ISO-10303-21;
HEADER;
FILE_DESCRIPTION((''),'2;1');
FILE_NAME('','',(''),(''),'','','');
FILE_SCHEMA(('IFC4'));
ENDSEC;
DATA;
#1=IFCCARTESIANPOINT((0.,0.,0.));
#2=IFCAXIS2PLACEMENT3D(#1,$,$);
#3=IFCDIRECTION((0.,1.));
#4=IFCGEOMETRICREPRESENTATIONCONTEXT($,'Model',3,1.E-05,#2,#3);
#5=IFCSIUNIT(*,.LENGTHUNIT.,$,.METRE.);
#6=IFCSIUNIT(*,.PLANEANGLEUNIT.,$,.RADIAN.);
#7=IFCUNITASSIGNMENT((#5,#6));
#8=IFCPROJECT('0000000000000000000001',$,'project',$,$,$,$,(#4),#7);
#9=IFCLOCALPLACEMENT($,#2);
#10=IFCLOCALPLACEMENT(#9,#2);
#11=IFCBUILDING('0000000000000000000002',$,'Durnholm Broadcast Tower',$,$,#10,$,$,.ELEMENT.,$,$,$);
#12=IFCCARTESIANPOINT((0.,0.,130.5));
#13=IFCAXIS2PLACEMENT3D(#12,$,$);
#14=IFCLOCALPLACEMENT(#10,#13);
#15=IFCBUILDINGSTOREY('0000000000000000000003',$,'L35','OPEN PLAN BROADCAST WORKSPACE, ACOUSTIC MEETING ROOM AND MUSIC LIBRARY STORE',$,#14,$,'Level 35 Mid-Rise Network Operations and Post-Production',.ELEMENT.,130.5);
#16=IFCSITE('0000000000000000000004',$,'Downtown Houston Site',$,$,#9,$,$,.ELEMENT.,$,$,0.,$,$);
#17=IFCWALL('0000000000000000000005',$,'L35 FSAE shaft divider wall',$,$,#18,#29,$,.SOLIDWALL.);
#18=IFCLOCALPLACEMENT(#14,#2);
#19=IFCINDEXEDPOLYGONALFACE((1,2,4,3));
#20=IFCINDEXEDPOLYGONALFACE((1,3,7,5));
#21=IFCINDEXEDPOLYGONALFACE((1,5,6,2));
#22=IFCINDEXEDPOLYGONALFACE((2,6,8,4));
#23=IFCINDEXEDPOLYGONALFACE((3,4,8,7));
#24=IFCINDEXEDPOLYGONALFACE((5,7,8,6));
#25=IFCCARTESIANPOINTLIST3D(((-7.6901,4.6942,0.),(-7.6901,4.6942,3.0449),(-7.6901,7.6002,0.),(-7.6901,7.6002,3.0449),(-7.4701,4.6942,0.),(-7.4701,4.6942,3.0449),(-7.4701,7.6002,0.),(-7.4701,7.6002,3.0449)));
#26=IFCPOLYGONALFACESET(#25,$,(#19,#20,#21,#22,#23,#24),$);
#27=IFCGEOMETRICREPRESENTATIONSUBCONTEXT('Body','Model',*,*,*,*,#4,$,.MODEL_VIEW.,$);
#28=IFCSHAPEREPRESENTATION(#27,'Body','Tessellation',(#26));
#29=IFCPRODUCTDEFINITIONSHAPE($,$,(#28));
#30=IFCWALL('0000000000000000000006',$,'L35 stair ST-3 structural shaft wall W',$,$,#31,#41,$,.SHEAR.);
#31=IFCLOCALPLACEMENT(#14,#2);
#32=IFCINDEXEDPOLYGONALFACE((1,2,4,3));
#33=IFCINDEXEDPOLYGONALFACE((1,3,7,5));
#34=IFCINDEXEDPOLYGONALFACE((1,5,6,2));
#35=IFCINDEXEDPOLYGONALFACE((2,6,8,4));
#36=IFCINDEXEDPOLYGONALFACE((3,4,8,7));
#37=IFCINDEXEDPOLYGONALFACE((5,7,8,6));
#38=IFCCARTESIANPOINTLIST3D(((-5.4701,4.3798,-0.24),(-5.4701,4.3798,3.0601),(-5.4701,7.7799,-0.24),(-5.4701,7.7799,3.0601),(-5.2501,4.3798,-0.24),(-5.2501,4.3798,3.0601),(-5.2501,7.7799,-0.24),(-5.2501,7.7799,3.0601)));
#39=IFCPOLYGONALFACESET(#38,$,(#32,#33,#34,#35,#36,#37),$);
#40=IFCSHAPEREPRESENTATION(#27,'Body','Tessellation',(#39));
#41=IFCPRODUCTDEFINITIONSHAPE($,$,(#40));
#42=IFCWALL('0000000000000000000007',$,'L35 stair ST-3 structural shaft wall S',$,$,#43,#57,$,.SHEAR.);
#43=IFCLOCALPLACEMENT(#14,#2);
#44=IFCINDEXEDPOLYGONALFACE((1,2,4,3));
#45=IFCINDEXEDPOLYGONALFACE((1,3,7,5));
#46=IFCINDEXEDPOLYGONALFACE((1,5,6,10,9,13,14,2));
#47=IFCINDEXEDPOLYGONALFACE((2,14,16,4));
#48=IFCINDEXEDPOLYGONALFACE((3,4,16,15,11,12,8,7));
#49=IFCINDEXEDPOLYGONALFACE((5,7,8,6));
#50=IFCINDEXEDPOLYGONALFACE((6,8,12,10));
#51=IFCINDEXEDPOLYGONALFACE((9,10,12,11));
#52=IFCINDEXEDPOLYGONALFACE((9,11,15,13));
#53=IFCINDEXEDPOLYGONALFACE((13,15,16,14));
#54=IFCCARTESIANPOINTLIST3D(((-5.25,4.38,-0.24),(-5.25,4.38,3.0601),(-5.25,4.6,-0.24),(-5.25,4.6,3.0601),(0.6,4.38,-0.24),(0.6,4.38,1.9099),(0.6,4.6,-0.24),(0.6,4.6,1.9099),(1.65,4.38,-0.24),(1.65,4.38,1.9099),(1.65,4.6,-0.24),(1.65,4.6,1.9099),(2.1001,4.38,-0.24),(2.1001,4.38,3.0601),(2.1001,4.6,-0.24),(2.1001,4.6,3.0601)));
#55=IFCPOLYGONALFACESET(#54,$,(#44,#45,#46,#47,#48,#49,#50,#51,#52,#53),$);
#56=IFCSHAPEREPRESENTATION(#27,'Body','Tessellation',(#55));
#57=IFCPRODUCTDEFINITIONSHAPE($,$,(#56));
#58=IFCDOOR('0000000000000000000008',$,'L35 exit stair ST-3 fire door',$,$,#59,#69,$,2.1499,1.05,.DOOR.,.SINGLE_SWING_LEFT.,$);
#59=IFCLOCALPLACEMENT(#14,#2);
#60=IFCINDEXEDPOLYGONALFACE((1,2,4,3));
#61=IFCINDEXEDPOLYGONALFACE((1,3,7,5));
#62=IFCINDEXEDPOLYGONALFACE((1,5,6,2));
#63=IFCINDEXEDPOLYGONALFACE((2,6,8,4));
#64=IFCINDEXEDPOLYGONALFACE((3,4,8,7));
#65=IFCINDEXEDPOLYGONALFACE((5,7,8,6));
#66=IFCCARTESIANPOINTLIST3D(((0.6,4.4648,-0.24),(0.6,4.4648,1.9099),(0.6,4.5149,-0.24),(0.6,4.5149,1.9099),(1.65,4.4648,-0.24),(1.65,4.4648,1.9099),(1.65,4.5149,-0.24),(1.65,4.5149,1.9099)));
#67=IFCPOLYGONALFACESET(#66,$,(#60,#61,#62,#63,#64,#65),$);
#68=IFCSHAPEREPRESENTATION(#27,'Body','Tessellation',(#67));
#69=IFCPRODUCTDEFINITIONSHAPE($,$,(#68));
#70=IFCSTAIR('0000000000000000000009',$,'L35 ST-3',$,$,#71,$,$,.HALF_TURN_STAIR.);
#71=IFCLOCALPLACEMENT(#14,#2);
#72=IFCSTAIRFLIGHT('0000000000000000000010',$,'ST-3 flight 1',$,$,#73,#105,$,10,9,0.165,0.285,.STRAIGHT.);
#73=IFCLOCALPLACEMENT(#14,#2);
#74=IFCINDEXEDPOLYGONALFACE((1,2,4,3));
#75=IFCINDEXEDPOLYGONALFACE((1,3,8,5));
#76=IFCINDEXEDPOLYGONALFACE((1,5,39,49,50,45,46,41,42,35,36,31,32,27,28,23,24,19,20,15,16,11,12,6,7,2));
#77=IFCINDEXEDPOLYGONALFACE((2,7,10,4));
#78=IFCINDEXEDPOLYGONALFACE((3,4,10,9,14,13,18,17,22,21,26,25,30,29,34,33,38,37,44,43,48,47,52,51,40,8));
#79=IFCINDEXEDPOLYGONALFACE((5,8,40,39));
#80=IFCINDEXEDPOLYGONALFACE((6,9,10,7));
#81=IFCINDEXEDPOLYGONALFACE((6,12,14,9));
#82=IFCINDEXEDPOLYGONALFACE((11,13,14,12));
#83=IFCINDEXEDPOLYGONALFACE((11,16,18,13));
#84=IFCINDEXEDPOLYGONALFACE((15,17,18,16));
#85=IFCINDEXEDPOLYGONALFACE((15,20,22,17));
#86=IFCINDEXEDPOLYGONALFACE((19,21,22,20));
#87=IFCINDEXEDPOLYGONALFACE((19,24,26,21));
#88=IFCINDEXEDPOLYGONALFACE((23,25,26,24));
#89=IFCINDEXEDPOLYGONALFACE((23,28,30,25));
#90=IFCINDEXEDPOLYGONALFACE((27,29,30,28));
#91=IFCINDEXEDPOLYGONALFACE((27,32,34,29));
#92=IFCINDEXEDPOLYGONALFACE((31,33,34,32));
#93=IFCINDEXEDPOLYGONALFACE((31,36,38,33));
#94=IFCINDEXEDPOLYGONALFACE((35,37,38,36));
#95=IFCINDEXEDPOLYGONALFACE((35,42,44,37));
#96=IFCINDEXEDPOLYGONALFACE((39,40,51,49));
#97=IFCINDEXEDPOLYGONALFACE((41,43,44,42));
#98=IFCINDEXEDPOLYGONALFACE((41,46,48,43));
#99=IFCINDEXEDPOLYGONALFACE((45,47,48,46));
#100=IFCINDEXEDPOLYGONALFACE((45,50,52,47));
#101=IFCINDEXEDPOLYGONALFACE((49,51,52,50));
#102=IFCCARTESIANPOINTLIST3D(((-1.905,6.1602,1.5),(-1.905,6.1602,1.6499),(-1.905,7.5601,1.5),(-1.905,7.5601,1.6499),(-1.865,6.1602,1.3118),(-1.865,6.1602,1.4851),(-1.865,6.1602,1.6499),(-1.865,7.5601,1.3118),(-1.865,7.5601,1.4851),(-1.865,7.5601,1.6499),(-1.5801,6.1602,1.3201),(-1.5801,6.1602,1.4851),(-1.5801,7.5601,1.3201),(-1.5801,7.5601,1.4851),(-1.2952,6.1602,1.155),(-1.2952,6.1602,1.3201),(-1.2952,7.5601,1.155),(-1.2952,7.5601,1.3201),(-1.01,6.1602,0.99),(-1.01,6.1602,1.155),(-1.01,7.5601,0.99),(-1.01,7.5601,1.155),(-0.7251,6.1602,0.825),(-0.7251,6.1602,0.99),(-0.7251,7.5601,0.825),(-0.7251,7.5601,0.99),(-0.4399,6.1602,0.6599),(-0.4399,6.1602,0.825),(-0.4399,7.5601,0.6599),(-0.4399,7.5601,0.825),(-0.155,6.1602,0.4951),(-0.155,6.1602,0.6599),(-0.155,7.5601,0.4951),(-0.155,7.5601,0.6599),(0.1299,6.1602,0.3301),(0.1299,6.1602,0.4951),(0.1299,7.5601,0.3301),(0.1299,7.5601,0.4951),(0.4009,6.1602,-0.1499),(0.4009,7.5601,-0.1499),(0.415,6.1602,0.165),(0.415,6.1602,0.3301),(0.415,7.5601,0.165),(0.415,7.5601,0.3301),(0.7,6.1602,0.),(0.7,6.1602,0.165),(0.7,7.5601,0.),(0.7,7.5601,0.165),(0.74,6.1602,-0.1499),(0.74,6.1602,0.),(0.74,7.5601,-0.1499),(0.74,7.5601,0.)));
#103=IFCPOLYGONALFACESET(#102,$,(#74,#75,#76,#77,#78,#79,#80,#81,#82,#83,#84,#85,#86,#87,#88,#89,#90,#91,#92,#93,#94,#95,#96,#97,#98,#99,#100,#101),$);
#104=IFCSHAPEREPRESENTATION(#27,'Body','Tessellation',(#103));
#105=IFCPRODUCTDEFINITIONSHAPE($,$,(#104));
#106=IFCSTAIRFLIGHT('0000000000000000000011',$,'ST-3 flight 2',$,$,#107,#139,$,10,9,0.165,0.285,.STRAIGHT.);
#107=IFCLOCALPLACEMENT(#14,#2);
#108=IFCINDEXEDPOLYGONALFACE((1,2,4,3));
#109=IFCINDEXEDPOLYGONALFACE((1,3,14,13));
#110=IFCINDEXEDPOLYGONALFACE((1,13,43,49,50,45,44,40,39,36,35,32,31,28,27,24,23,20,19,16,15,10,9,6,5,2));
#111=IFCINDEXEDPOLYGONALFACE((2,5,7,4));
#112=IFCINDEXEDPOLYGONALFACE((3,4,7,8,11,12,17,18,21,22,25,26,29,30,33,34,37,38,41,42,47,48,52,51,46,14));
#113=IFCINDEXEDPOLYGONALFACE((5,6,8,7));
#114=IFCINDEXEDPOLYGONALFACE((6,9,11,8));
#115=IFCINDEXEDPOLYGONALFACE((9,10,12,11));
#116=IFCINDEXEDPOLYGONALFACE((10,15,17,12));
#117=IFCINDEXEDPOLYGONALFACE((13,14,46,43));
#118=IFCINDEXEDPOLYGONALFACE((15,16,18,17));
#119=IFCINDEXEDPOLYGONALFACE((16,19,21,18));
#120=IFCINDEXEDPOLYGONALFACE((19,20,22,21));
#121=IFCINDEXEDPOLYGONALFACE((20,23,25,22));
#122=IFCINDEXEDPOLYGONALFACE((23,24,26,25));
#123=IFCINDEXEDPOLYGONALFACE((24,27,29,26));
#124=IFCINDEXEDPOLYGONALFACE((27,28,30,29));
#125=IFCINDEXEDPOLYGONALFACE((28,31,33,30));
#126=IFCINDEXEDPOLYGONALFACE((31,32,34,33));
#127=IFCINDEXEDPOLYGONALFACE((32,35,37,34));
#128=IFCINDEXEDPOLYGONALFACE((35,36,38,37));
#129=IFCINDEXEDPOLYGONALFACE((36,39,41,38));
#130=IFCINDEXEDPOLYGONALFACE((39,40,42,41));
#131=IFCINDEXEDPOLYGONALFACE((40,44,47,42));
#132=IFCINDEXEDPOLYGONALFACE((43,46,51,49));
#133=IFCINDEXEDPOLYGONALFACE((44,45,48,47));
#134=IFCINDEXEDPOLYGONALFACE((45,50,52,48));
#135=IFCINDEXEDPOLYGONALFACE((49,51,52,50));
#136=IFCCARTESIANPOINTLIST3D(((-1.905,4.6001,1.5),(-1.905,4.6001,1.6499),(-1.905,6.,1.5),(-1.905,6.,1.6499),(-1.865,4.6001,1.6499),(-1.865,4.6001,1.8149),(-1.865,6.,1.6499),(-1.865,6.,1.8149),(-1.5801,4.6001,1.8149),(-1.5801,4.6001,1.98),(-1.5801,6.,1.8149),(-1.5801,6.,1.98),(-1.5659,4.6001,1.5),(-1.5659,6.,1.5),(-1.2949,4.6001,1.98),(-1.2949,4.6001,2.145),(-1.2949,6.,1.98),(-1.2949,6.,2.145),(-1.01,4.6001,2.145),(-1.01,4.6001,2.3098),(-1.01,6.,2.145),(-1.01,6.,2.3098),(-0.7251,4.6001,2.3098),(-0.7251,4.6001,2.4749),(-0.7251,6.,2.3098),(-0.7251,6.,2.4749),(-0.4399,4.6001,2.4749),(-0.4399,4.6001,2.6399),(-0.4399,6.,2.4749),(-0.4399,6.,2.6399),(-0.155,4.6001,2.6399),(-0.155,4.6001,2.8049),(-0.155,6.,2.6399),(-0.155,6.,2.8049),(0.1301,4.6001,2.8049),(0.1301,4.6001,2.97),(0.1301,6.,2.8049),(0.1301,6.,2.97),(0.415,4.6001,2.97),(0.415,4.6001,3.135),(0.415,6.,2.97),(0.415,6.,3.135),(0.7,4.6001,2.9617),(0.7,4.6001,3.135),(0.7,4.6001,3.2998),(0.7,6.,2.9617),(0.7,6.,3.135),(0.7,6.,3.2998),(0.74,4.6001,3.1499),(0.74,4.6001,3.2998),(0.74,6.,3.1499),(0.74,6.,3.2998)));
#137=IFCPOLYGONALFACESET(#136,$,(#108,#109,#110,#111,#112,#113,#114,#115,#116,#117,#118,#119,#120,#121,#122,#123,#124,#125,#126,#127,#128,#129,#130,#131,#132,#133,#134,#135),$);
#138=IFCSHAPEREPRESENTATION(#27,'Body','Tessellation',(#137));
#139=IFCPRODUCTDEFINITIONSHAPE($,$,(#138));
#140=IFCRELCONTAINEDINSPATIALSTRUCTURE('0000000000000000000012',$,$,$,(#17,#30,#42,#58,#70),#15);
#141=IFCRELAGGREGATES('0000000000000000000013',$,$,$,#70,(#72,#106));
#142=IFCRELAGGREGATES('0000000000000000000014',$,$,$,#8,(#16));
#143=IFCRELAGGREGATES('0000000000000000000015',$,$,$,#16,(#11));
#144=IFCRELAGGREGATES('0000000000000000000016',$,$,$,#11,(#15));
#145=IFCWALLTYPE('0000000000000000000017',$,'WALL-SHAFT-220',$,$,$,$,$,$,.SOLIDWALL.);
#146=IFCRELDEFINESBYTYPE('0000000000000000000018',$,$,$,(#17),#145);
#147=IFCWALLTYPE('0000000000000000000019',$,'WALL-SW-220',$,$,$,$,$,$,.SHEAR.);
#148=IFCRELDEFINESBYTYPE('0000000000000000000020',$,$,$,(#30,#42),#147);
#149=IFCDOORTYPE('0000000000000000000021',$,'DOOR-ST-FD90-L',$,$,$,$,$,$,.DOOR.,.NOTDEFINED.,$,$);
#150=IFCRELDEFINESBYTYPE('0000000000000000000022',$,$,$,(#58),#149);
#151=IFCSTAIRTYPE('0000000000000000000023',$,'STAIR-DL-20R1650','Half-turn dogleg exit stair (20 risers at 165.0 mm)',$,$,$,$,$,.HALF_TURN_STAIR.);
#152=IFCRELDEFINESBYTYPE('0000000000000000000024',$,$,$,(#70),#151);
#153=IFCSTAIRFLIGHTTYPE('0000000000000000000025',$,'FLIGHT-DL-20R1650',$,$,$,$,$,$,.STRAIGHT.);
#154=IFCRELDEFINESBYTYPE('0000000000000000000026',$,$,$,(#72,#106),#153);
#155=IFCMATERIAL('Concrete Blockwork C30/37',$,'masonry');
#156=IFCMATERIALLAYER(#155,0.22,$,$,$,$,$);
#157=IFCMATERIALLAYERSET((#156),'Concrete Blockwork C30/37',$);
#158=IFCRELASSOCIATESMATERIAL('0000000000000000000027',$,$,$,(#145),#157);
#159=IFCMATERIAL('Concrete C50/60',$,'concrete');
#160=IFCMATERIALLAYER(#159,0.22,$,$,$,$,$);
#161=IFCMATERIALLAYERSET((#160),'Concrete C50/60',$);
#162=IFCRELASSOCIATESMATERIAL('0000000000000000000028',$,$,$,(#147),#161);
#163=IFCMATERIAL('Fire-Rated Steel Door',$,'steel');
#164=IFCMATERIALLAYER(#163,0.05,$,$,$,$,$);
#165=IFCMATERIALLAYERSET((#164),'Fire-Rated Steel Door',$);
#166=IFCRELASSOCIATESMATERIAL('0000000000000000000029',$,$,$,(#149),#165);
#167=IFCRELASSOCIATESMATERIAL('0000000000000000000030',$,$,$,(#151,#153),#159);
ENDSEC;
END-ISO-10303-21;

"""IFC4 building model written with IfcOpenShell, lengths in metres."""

from ifc_helpers import new_model, si_unit, direction, frame, frame_2d, origin, place, context, subcontext, project, spatial, polyline, rectangle, outline, extrude, source, transform, mapped, material, layer, layer_set, type_object, type_shapes, element, fill, aggregate, save


model = new_model("IFC4")

# Units and contexts
model_context = context("Model", 3, precision=1e-05, world=origin(), true_north=direction((0.0, 1.0)))
body_context = subcontext(model_context, "Body", "Model", "MODEL_VIEW")
ifc_project = project(units=[si_unit("LENGTHUNIT", "METRE"), si_unit("PLANEANGLEUNIT", "RADIAN")], contexts=[model_context])

# Site, building, storey
site_placement = place(None, origin())
site = spatial("IfcSite", under=ifc_project, at=site_placement, Name="Downtown Houston Site", CompositionType="ELEMENT", RefElevation=0.0)
building_placement = place(site_placement, origin())
building = spatial("IfcBuilding", under=site, at=building_placement, Name="Durnholm Broadcast Tower", CompositionType="ELEMENT")
storey_placement = place(building_placement, frame((0.0, 0.0, 130.5)))
storey = spatial("IfcBuildingStorey", under=building, at=storey_placement, Name="L35", Description="OPEN PLAN BROADCAST WORKSPACE, ACOUSTIC MEETING ROOM AND MUSIC LIBRARY STORE", LongName="Level 35 Mid-Rise Network Operations and Post-Production", CompositionType="ELEMENT", Elevation=130.5)

# Shared definitions
ifc_material_1 = material(Name="Concrete Blockwork C30/37", Category="masonry")
ifc_layer_1 = layer(ifc_material_1, 0.22)
ifc_layer_set_1 = layer_set([ifc_layer_1], Name="Concrete Blockwork C30/37")
wall_type_1 = type_object("IfcWallType", Name="WALL-SHAFT-220", PredefinedType="SOLIDWALL", material=ifc_layer_set_1)

# Walls
wall_1_placement = place(storey_placement, frame((-7.5801, 4.6941, 0.0), z_axis=(0.0, 0.0, 1.0), x_axis=(0.0, 1.0, 0.0)))
element("IfcWall", 1, at=wall_1_placement, inside=storey, type_object=wall_type_1, Name="L35 FSAE shaft divider wall", PredefinedType="SOLIDWALL", context=body_context, shape_type="SweptSolid", body=[
    extrude(rectangle(XDim=2.906, YDim=0.22, at=frame_2d((1.4531, 0.0))), origin(), (0.0, 0.0, 1.0), 3.0449),
])
ifc_material_2 = material(Name="Concrete C50/60", Category="concrete")
ifc_layer_2 = layer(ifc_material_2, 0.22)
ifc_layer_set_2 = layer_set([ifc_layer_2], Name="Concrete C50/60")
wall_type_2 = type_object("IfcWallType", Name="WALL-SW-220", PredefinedType="SHEAR", material=ifc_layer_set_2)
wall_2_placement = place(storey_placement, frame((-5.3601, 7.78, -0.24), z_axis=(0.0, 0.0, 1.0), x_axis=(0.0, -1.0, 0.0)))
element("IfcWall", 2, at=wall_2_placement, inside=storey, type_object=wall_type_2, Name="L35 stair ST-3 structural shaft wall W", PredefinedType="SHEAR", context=body_context, shape_type="SweptSolid", body=[
    extrude(rectangle(XDim=3.4001, YDim=0.22, at=frame_2d((1.7002, 0.0))), origin(), (0.0, 0.0, 1.0), 3.3),
])

# Wall, opening, door
wall_3_placement = place(storey_placement, frame((-5.25, 4.49, -0.24), z_axis=(0.0, 0.0, 1.0), x_axis=(1.0, 0.0, 0.0)))
wall_3 = element("IfcWall", 3, at=wall_3_placement, inside=storey, type_object=wall_type_2, Name="L35 stair ST-3 structural shaft wall S", PredefinedType="SHEAR", context=body_context, shape_type="SweptSolid", body=[
    extrude(rectangle(XDim=7.3501, YDim=0.22, at=frame_2d((3.675, 0.0))), origin(), (0.0, 0.0, 1.0), 3.3),
])
opening_1_placement = place(wall_3_placement, frame((5.8501, 0.0, 0.0)))
opening_1 = element("IfcOpeningElement", 4, at=opening_1_placement, cuts=wall_3, PredefinedType="OPENING", context=body_context, shape_type="SweptSolid", body=[
    extrude(rectangle(XDim=1.05, YDim=2.1499, at=frame_2d((0.5249, 1.075))), frame((0.0, 0.1201, 0.0), z_axis=(0.0, -1.0, 0.0), x_axis=(1.0, 0.0, 0.0)), (0.0, 0.0, 1.0), 0.24),
])
ifc_material_3 = material(Name="Fire-Rated Steel Door", Category="steel")
ifc_layer_3 = layer(ifc_material_3, 0.05)
ifc_layer_set_3 = layer_set([ifc_layer_3], Name="Fire-Rated Steel Door")
door_type_1 = type_object("IfcDoorType", Name="DOOR-ST-FD90-L", OperationType="NOTDEFINED", PredefinedType="DOOR", material=ifc_layer_set_3)
shared_shape_1 = source(origin(), body_context, "Body", "SweptSolid", [
    extrude(rectangle(XDim=1.05, YDim=2.1499, at=frame_2d((0.5249, 1.075))), frame((0.0, 0.0249, 0.0), z_axis=(0.0, -1.0, 0.0), x_axis=(1.0, 0.0, 0.0)), (0.0, 0.0, 1.0), 0.05),
])
type_shapes(door_type_1, [shared_shape_1])
door_1_placement = place(opening_1_placement, origin())
door_1 = element("IfcDoor", 5, at=door_1_placement, inside=storey, type_object=door_type_1, Name="L35 exit stair ST-3 fire door", OperationType="SINGLE_SWING_LEFT", OverallHeight=2.1499, OverallWidth=1.05, PredefinedType="DOOR", context=body_context, shape_type="MappedRepresentation", body=[
    mapped(shared_shape_1, transform((0.0, 0.0, 0.0), x_axis=(1.0, 0.0, 0.0), y_axis=(0.0, 1.0, 0.0), z_axis=(0.0, 0.0, 1.0), scale=1.0)),
])
fill(opening_1, door_1)

# Stair, stair flights
stair_type = type_object("IfcStairType", Name="STAIR-DL-20R1650", Description="Half-turn dogleg exit stair (20 risers at 165.0 mm)", PredefinedType="HALF_TURN_STAIR", material=ifc_material_2)
stair_placement = place(storey_placement, origin())
stair = element("IfcStair", 6, at=stair_placement, inside=storey, type_object=stair_type, Name="L35 ST-3", PredefinedType="HALF_TURN_STAIR")
stair_flight_type = type_object("IfcStairFlightType", Name="FLIGHT-DL-20R1650", PredefinedType="STRAIGHT", material=ifc_material_2)
stair_flight_1_placement = place(storey_placement, frame((0.7, 6.8601, 0.0), z_axis=(0.0, 0.0, 1.0), x_axis=(-1.0, 0.0, 0.0)))
stair_flight_1 = element("IfcStairFlight", 7, at=stair_flight_1_placement, type_object=stair_flight_type, Name="ST-3 flight 1", NumberOfRisers=10, NumberOfTreads=9, PredefinedType="STRAIGHT", RiserHeight=0.165, TreadLength=0.285, context=body_context, shape_type="SweptSolid", body=[
    extrude(outline(polyline([(-0.04, -0.1499), (-0.04, 0.0), (0.0, 0.0), (0.0, 0.165), (0.2849, 0.165), (0.2849, 0.3301), (0.5701, 0.3301), (0.5701, 0.4951), (0.855, 0.4951), (0.855, 0.6599), (1.1399, 0.6599), (1.1399, 0.825), (1.425, 0.825), (1.425, 0.99), (1.71, 0.99), (1.71, 1.155), (1.9951, 1.155), (1.9951, 1.3201), (2.28, 1.3201), (2.28, 1.4851), (2.5649, 1.4851), (2.5649, 1.6499), (2.605, 1.6499), (2.605, 1.5), (2.5649, 1.3118), (0.2991, -0.1499), (-0.04, -0.1499)])), frame((0.0, 0.7, 0.0), z_axis=(0.0, -1.0, 0.0), x_axis=(1.0, 0.0, 0.0)), (0.0, 0.0, 1.0), 1.3999),
])
stair_flight_2_placement = place(storey_placement, frame((-1.865, 5.3, 1.6499), z_axis=(0.0, 0.0, 1.0), x_axis=(1.0, 0.0, 0.0)))
stair_flight_2 = element("IfcStairFlight", 8, at=stair_flight_2_placement, type_object=stair_flight_type, Name="ST-3 flight 2", NumberOfRisers=10, NumberOfTreads=9, PredefinedType="STRAIGHT", RiserHeight=0.165, TreadLength=0.285, context=body_context, shape_type="SweptSolid", body=[
    extrude(outline(polyline([(-0.04, -0.1499), (-0.04, 0.0), (0.0, 0.0), (0.0, 0.165), (0.2849, 0.165), (0.2849, 0.3301), (0.5701, 0.3301), (0.5701, 0.4951), (0.855, 0.4951), (0.855, 0.6599), (1.1399, 0.6599), (1.1399, 0.825), (1.425, 0.825), (1.425, 0.99), (1.71, 0.99), (1.71, 1.155), (1.9951, 1.155), (1.9951, 1.3201), (2.28, 1.3201), (2.28, 1.4851), (2.5649, 1.4851), (2.5649, 1.6499), (2.605, 1.6499), (2.605, 1.5), (2.5649, 1.3118), (0.2991, -0.1499), (-0.04, -0.1499)])), frame((0.0, 0.7, 0.0), z_axis=(0.0, -1.0, 0.0), x_axis=(1.0, 0.0, 0.0)), (0.0, 0.0, 1.0), 1.3999),
])
aggregate(stair, [stair_flight_1, stair_flight_2])

save(model, "model.ifc")
